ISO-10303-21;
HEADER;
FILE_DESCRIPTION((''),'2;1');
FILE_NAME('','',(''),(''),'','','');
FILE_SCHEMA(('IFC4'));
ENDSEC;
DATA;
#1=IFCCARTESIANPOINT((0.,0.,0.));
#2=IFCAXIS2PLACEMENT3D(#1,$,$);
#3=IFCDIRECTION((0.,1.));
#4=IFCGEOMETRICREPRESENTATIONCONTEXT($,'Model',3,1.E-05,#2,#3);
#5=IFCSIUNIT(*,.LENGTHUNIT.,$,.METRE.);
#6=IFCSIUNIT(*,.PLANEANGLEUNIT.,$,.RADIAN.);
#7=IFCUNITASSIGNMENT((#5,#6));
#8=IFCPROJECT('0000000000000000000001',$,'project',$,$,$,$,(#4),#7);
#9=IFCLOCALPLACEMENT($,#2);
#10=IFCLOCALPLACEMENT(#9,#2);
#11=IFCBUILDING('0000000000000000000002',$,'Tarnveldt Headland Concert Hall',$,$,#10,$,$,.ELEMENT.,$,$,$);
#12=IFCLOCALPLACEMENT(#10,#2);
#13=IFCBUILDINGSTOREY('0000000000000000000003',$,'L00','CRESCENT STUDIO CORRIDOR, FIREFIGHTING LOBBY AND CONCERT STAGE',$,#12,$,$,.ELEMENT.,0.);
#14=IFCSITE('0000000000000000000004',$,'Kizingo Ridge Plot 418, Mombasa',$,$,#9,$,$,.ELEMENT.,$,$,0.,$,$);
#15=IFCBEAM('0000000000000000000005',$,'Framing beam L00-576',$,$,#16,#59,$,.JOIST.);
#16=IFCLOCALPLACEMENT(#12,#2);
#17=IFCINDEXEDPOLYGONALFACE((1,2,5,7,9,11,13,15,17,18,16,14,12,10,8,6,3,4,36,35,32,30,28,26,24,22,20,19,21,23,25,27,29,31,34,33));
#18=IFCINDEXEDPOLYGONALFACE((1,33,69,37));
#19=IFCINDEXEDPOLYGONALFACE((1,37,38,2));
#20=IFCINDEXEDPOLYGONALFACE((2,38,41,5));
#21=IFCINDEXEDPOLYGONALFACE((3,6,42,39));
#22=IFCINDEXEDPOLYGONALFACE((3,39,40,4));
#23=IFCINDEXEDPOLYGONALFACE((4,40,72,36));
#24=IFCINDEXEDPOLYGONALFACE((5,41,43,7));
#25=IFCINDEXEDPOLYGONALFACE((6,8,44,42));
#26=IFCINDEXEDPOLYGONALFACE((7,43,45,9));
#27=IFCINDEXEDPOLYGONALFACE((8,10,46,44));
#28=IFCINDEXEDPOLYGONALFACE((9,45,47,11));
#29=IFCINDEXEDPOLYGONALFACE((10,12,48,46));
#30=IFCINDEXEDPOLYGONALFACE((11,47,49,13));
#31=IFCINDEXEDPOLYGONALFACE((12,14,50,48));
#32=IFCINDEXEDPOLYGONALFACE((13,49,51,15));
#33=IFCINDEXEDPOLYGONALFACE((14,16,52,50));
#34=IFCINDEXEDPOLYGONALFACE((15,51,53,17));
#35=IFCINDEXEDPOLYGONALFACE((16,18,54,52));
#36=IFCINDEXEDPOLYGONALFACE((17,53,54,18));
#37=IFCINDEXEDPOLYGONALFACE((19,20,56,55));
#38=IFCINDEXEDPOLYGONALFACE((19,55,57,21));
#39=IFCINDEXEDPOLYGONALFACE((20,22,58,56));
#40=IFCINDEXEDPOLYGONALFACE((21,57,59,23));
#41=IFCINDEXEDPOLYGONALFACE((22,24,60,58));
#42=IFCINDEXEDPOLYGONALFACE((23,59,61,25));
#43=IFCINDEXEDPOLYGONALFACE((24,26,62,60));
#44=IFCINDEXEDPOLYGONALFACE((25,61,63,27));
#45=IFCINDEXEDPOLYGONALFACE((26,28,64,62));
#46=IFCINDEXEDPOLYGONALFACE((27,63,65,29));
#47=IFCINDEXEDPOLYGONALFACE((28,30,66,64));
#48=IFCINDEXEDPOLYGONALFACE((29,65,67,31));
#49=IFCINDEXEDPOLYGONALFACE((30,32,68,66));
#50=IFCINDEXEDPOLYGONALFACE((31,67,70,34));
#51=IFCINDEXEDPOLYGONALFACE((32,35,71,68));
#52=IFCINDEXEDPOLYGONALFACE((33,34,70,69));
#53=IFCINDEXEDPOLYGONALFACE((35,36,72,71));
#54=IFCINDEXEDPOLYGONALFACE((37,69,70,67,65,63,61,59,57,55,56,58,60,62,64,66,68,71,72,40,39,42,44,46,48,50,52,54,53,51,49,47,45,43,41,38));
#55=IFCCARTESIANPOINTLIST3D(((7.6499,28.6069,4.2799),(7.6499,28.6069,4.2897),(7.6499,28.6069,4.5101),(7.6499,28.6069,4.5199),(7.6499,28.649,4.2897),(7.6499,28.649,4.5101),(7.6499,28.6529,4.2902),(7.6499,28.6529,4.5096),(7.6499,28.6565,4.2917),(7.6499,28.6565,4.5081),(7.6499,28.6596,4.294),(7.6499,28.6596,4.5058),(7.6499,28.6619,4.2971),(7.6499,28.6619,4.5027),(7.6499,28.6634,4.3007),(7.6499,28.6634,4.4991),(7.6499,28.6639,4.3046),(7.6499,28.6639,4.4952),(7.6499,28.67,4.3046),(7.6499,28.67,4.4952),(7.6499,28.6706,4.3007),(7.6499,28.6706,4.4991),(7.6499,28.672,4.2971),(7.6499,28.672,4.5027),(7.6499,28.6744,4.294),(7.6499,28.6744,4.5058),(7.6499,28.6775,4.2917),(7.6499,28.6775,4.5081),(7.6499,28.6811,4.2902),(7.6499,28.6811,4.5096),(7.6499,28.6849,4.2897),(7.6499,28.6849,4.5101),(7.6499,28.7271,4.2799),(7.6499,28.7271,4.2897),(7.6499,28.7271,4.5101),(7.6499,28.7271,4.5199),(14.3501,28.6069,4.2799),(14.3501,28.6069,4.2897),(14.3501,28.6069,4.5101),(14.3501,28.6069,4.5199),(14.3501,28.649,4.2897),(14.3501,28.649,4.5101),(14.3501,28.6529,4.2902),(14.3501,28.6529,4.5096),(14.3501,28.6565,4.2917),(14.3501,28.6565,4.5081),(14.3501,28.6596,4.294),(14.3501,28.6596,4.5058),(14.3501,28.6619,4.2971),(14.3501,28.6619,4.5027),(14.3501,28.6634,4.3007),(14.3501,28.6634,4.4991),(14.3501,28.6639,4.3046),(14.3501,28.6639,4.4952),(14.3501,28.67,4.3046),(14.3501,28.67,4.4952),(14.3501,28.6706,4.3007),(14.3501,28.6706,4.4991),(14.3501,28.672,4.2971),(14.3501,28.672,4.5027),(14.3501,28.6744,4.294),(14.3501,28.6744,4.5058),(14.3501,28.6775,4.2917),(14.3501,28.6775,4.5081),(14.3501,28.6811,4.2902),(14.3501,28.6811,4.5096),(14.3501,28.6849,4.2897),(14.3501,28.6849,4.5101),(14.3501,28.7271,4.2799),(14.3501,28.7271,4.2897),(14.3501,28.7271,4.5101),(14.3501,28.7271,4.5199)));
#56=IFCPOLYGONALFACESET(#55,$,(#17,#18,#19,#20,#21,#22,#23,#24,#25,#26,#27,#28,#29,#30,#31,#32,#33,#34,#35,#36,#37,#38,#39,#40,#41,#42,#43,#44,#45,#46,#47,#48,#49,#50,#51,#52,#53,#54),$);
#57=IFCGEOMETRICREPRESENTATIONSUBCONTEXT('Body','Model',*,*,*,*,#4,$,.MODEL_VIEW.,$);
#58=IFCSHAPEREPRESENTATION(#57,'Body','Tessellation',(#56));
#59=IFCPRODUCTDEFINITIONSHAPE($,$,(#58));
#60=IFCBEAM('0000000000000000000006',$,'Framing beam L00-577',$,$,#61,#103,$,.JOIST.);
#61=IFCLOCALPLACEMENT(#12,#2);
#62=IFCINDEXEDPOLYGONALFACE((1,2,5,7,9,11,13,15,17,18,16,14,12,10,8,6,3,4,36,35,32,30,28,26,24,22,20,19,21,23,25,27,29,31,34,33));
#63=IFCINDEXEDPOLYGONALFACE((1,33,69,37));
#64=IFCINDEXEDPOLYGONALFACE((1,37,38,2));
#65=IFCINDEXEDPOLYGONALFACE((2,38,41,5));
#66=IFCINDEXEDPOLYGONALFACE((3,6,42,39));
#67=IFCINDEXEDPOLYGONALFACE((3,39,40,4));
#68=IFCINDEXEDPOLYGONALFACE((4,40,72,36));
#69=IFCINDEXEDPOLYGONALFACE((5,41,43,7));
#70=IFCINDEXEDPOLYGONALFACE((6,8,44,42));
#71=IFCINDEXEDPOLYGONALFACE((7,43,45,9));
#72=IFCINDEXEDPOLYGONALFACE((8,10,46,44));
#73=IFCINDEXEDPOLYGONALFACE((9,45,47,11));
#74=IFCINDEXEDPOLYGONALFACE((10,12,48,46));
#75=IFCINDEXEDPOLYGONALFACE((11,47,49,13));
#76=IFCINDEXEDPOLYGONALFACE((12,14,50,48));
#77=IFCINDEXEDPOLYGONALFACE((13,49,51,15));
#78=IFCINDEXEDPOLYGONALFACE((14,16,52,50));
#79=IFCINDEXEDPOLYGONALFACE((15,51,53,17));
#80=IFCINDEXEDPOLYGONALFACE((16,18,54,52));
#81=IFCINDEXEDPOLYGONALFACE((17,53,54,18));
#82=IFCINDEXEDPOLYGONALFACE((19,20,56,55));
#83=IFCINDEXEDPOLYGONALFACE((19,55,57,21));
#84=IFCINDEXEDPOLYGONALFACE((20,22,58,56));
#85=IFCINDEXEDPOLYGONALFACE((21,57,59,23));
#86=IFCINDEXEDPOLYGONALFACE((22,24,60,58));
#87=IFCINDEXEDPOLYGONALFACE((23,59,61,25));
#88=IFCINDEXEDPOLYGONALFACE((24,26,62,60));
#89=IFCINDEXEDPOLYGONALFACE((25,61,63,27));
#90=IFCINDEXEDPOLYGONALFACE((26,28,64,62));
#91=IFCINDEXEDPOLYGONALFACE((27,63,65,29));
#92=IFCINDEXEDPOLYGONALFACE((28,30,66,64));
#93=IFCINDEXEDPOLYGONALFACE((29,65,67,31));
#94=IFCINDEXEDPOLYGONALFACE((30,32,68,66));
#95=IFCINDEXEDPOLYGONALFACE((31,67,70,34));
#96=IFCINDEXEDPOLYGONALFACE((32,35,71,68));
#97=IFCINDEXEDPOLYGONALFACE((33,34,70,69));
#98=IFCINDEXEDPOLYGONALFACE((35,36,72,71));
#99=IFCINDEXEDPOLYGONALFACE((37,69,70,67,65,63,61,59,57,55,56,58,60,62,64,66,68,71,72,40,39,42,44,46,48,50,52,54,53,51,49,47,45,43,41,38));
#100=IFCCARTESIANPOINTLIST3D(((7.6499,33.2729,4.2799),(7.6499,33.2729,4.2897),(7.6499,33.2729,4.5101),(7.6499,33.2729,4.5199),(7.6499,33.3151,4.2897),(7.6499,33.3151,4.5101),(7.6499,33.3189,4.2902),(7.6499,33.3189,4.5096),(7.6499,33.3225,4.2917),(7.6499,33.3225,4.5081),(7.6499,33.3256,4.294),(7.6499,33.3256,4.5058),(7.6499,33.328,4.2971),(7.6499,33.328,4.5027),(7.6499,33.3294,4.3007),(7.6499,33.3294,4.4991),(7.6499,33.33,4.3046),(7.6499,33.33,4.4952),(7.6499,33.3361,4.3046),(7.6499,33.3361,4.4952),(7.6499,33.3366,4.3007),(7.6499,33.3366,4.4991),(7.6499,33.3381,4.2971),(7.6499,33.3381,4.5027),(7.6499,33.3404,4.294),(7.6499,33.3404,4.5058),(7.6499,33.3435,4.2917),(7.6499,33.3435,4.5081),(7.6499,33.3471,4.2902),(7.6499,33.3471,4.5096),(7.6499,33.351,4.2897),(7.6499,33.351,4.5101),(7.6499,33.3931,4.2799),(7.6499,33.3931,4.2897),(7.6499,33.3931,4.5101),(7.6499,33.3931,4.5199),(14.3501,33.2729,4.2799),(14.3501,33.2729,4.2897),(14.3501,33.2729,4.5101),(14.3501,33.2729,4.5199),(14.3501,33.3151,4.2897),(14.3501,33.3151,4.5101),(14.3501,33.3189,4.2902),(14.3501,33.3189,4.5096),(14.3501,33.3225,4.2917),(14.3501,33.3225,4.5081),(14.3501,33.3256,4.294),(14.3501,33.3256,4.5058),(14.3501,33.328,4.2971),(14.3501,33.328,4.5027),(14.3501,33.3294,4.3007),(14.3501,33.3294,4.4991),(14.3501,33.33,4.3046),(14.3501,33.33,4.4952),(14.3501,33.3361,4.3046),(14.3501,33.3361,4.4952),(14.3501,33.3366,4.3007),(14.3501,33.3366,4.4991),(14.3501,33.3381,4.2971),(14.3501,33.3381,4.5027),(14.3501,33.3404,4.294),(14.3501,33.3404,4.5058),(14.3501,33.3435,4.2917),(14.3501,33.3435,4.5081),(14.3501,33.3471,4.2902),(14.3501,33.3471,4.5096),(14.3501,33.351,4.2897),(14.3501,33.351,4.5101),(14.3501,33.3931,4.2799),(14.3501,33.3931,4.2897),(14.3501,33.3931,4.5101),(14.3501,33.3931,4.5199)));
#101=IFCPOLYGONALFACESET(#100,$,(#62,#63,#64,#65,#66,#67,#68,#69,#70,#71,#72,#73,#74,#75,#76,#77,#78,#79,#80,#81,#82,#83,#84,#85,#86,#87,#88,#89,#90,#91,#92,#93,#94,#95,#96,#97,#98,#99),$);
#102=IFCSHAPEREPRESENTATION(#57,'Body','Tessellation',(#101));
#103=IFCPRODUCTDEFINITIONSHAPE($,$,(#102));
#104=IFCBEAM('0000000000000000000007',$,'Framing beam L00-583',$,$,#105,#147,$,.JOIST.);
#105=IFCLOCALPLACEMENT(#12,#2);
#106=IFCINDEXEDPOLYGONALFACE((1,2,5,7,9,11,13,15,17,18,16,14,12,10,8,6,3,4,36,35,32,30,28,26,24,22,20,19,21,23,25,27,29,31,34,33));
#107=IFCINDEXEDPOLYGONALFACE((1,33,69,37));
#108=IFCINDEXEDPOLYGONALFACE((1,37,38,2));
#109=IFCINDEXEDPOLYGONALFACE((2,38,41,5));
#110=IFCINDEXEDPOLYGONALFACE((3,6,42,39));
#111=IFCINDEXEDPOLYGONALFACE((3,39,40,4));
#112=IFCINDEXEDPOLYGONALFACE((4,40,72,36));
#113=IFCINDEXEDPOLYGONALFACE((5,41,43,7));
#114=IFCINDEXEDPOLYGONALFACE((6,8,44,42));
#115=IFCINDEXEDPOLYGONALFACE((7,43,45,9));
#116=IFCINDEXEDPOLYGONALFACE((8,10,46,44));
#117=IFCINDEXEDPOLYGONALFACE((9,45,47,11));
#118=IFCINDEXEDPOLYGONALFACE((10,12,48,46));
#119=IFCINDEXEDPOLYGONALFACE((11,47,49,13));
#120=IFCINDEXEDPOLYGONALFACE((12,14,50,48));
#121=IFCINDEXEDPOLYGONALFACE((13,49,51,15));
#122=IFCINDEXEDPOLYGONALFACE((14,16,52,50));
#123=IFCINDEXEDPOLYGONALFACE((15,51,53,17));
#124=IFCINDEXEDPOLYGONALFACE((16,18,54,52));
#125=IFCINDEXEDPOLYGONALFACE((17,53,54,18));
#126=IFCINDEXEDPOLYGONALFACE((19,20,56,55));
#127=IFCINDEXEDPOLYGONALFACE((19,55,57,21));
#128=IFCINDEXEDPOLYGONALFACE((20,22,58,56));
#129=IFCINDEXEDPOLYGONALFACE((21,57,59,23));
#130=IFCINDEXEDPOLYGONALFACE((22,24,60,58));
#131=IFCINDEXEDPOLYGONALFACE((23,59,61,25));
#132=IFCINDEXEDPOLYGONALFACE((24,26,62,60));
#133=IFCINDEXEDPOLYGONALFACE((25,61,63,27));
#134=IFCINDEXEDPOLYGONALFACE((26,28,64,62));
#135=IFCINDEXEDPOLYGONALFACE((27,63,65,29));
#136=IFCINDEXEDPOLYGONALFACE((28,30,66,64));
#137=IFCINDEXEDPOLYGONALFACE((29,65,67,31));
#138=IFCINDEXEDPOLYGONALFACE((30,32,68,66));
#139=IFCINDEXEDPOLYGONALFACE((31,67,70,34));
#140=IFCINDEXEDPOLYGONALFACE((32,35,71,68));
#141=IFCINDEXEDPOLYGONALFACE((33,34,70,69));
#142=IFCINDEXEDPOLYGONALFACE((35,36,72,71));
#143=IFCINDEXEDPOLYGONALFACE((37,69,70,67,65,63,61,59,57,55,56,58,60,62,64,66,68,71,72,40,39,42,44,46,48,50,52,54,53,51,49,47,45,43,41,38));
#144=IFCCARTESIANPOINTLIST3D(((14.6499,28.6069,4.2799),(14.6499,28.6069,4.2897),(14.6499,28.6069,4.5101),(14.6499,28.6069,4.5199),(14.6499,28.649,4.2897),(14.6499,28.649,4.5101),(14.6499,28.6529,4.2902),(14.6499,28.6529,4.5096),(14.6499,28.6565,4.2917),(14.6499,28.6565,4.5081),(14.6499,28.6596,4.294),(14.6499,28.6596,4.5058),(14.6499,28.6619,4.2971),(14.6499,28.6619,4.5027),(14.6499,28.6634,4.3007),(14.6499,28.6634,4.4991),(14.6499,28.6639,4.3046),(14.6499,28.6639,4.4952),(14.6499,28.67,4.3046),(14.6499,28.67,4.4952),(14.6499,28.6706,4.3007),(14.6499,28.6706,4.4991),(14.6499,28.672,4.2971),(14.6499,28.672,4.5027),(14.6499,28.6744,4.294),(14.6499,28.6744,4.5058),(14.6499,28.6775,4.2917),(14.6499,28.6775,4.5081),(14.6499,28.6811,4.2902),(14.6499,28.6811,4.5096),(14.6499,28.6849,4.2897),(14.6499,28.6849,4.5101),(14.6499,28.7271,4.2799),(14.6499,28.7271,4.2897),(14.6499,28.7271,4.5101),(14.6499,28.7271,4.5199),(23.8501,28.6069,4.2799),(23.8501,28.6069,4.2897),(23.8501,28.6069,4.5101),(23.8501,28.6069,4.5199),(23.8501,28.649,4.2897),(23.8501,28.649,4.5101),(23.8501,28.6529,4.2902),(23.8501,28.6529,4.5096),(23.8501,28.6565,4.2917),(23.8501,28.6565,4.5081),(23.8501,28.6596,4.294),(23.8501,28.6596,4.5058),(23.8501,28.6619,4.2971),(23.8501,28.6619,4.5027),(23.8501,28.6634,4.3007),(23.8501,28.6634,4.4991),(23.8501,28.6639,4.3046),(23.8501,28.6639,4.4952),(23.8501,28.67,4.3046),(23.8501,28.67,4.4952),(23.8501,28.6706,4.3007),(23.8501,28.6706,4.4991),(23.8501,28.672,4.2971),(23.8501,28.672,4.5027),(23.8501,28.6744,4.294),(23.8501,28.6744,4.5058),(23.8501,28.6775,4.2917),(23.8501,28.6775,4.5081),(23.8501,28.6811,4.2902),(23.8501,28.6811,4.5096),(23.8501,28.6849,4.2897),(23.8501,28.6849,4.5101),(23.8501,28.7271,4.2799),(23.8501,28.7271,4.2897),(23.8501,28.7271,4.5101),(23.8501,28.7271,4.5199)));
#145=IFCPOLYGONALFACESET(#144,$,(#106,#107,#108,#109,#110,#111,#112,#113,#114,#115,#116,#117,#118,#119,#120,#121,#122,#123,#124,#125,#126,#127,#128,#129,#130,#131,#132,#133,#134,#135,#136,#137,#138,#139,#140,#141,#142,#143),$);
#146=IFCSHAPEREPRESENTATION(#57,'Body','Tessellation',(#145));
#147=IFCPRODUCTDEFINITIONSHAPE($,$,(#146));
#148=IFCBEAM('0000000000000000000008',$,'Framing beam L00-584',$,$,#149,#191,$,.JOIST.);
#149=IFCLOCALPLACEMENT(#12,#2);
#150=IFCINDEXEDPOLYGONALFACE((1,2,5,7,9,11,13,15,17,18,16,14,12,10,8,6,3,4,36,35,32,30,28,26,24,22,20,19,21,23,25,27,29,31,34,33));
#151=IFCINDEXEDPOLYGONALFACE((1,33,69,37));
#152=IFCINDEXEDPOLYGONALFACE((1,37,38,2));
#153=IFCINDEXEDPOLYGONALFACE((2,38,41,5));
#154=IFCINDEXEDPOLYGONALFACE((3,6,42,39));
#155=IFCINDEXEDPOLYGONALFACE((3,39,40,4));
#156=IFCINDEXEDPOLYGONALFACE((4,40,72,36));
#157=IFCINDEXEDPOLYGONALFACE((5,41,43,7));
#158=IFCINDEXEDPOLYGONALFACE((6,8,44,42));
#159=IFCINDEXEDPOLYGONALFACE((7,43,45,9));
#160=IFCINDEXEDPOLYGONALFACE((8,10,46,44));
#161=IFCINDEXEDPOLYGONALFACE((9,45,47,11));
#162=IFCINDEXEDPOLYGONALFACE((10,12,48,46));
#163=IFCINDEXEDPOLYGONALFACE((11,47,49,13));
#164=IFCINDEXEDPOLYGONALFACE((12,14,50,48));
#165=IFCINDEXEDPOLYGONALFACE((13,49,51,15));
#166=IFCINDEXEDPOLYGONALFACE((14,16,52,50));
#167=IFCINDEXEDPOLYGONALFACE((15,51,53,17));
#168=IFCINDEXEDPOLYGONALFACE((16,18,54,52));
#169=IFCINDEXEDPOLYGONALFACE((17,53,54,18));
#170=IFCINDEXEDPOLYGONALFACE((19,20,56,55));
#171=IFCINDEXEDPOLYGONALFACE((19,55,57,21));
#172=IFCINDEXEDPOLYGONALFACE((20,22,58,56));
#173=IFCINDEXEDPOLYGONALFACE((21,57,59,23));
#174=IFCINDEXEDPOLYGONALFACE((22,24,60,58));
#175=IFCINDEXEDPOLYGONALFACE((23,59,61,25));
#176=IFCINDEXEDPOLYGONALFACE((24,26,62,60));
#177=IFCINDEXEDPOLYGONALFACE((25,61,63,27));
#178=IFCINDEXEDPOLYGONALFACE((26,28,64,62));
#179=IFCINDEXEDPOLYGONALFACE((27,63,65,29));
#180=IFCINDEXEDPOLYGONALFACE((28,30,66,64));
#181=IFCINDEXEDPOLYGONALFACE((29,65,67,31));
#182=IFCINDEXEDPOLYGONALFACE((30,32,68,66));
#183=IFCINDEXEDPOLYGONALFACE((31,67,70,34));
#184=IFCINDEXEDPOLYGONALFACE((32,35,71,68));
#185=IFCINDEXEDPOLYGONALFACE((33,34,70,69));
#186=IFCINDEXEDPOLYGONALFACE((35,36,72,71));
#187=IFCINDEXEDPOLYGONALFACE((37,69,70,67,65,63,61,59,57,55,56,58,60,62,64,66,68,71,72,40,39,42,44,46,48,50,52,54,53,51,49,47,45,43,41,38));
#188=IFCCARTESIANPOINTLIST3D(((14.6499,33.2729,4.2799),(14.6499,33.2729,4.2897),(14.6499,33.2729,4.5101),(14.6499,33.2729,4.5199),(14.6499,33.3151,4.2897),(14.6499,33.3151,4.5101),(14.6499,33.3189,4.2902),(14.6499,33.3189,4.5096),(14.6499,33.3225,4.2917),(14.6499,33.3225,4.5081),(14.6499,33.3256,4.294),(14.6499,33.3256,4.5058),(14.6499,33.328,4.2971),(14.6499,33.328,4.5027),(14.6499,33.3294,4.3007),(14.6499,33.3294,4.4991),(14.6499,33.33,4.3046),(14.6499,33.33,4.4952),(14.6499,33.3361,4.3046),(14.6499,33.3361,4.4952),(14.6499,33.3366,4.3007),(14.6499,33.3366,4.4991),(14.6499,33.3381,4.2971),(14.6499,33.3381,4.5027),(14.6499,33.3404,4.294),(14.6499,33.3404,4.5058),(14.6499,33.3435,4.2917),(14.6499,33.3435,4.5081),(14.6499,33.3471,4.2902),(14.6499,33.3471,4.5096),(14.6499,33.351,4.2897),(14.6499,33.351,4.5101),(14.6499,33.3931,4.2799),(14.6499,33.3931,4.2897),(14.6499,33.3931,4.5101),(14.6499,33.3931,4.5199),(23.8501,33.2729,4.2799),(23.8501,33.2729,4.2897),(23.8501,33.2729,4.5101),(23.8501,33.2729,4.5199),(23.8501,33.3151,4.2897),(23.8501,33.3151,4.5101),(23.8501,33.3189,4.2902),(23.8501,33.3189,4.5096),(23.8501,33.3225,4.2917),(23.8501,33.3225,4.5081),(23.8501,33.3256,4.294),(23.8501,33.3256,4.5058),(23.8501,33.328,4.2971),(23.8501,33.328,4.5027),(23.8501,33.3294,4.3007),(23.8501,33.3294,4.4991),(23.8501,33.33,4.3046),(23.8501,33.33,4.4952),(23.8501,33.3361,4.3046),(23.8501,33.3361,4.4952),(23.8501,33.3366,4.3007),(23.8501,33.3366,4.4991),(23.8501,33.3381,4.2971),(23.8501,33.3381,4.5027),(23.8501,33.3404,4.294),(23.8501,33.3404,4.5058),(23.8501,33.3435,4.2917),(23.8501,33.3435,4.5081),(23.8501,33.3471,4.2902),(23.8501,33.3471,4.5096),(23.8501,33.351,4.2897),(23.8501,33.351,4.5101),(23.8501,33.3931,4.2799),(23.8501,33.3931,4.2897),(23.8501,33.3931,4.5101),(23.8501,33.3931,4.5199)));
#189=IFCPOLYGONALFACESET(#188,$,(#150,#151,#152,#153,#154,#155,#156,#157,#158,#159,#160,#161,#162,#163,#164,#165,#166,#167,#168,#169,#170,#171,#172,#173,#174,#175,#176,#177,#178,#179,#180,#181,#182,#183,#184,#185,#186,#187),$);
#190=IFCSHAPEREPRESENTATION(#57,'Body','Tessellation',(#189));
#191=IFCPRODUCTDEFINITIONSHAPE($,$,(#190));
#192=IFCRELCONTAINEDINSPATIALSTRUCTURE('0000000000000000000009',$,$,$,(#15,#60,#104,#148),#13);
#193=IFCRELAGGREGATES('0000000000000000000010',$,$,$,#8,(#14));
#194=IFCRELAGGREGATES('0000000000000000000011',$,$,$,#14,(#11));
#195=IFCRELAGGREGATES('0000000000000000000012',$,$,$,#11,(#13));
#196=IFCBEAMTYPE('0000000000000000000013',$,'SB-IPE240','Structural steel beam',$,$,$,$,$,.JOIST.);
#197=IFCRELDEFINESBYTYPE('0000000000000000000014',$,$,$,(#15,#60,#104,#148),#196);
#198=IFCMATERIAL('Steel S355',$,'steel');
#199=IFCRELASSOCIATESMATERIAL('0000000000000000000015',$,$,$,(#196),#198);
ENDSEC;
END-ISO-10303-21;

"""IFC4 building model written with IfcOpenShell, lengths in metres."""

from ifc_helpers import new_model, si_unit, direction, frame, origin, origin_2d, place, context, subcontext, project, spatial, i_section, extrude, material, material_profile, profile_set, type_object, element, save


model = new_model("IFC4")

# Units and contexts
model_context = context("Model", 3, precision=1e-05, world=origin(), true_north=direction((0.0, 1.0)))
body_context = subcontext(model_context, "Body", "Model", "MODEL_VIEW")
ifc_project = project(units=[si_unit("LENGTHUNIT", "METRE"), si_unit("PLANEANGLEUNIT", "RADIAN")], contexts=[model_context])

# Site, building, storey
site_placement = place(None, origin())
site = spatial("IfcSite", under=ifc_project, at=site_placement, Name="Kizingo Ridge Plot 418, Mombasa", CompositionType="ELEMENT", RefElevation=0.0)
building_placement = place(site_placement, origin())
building = spatial("IfcBuilding", under=site, at=building_placement, Name="Tarnveldt Headland Concert Hall", CompositionType="ELEMENT")
storey_placement = place(building_placement, origin())
storey = spatial("IfcBuildingStorey", under=building, at=storey_placement, Name="L00", Description="CRESCENT STUDIO CORRIDOR, FIREFIGHTING LOBBY AND CONCERT STAGE", CompositionType="ELEMENT", Elevation=0.0)

# Beams
ifc_material_1 = material(Name="Steel S355", Category="steel")
ifc_material_profile_1 = material_profile(ifc_material_1, i_section(OverallWidth=0.1201, OverallDepth=0.24, WebThickness=0.0061, FlangeThickness=0.0098, FilletRadius=0.0149, at=origin_2d()), Name="IPE240", Category="steel")
ifc_profile_set_1 = profile_set([ifc_material_profile_1], Name="Steel S355")
beam_type_1 = type_object("IfcBeamType", Name="SB-IPE240", Description="Structural steel beam", PredefinedType="JOIST", material=ifc_profile_set_1)
for number, where, z_axis, x_axis, name in (
    (1, (7.6499, 28.667, 4.3999), (1.0, 0.0, 0.0), (0.0, 1.0, 0.0), "Framing beam L00-576"),
    (2, (7.6499, 33.333, 4.3999), (1.0, 0.0, 0.0), (0.0, 1.0, 0.0), "Framing beam L00-577"),
):
    element("IfcBeam", number, at=place(storey_placement, frame(where, z_axis=z_axis, x_axis=x_axis)), inside=storey, type_object=beam_type_1, Name=name, PredefinedType="JOIST", context=body_context, shape_type="SweptSolid", body=[
        extrude(i_section(OverallWidth=0.1201, OverallDepth=0.24, WebThickness=0.0061, FlangeThickness=0.0098, FilletRadius=0.0149, at=origin_2d()), origin(), (0.0, 0.0, 1.0), 6.7002),
    ])
for number, where, z_axis, x_axis, name in (
    (3, (14.6499, 28.667, 4.3999), (1.0, 0.0, 0.0), (0.0, 1.0, 0.0), "Framing beam L00-583"),
    (4, (14.6499, 33.333, 4.3999), (1.0, 0.0, 0.0), (0.0, 1.0, 0.0), "Framing beam L00-584"),
):
    element("IfcBeam", number, at=place(storey_placement, frame(where, z_axis=z_axis, x_axis=x_axis)), inside=storey, type_object=beam_type_1, Name=name, PredefinedType="JOIST", context=body_context, shape_type="SweptSolid", body=[
        extrude(i_section(OverallWidth=0.1201, OverallDepth=0.24, WebThickness=0.0061, FlangeThickness=0.0098, FilletRadius=0.0149, at=origin_2d()), origin(), (0.0, 0.0, 1.0), 9.2002),
    ])

save(model, "model.ifc")
